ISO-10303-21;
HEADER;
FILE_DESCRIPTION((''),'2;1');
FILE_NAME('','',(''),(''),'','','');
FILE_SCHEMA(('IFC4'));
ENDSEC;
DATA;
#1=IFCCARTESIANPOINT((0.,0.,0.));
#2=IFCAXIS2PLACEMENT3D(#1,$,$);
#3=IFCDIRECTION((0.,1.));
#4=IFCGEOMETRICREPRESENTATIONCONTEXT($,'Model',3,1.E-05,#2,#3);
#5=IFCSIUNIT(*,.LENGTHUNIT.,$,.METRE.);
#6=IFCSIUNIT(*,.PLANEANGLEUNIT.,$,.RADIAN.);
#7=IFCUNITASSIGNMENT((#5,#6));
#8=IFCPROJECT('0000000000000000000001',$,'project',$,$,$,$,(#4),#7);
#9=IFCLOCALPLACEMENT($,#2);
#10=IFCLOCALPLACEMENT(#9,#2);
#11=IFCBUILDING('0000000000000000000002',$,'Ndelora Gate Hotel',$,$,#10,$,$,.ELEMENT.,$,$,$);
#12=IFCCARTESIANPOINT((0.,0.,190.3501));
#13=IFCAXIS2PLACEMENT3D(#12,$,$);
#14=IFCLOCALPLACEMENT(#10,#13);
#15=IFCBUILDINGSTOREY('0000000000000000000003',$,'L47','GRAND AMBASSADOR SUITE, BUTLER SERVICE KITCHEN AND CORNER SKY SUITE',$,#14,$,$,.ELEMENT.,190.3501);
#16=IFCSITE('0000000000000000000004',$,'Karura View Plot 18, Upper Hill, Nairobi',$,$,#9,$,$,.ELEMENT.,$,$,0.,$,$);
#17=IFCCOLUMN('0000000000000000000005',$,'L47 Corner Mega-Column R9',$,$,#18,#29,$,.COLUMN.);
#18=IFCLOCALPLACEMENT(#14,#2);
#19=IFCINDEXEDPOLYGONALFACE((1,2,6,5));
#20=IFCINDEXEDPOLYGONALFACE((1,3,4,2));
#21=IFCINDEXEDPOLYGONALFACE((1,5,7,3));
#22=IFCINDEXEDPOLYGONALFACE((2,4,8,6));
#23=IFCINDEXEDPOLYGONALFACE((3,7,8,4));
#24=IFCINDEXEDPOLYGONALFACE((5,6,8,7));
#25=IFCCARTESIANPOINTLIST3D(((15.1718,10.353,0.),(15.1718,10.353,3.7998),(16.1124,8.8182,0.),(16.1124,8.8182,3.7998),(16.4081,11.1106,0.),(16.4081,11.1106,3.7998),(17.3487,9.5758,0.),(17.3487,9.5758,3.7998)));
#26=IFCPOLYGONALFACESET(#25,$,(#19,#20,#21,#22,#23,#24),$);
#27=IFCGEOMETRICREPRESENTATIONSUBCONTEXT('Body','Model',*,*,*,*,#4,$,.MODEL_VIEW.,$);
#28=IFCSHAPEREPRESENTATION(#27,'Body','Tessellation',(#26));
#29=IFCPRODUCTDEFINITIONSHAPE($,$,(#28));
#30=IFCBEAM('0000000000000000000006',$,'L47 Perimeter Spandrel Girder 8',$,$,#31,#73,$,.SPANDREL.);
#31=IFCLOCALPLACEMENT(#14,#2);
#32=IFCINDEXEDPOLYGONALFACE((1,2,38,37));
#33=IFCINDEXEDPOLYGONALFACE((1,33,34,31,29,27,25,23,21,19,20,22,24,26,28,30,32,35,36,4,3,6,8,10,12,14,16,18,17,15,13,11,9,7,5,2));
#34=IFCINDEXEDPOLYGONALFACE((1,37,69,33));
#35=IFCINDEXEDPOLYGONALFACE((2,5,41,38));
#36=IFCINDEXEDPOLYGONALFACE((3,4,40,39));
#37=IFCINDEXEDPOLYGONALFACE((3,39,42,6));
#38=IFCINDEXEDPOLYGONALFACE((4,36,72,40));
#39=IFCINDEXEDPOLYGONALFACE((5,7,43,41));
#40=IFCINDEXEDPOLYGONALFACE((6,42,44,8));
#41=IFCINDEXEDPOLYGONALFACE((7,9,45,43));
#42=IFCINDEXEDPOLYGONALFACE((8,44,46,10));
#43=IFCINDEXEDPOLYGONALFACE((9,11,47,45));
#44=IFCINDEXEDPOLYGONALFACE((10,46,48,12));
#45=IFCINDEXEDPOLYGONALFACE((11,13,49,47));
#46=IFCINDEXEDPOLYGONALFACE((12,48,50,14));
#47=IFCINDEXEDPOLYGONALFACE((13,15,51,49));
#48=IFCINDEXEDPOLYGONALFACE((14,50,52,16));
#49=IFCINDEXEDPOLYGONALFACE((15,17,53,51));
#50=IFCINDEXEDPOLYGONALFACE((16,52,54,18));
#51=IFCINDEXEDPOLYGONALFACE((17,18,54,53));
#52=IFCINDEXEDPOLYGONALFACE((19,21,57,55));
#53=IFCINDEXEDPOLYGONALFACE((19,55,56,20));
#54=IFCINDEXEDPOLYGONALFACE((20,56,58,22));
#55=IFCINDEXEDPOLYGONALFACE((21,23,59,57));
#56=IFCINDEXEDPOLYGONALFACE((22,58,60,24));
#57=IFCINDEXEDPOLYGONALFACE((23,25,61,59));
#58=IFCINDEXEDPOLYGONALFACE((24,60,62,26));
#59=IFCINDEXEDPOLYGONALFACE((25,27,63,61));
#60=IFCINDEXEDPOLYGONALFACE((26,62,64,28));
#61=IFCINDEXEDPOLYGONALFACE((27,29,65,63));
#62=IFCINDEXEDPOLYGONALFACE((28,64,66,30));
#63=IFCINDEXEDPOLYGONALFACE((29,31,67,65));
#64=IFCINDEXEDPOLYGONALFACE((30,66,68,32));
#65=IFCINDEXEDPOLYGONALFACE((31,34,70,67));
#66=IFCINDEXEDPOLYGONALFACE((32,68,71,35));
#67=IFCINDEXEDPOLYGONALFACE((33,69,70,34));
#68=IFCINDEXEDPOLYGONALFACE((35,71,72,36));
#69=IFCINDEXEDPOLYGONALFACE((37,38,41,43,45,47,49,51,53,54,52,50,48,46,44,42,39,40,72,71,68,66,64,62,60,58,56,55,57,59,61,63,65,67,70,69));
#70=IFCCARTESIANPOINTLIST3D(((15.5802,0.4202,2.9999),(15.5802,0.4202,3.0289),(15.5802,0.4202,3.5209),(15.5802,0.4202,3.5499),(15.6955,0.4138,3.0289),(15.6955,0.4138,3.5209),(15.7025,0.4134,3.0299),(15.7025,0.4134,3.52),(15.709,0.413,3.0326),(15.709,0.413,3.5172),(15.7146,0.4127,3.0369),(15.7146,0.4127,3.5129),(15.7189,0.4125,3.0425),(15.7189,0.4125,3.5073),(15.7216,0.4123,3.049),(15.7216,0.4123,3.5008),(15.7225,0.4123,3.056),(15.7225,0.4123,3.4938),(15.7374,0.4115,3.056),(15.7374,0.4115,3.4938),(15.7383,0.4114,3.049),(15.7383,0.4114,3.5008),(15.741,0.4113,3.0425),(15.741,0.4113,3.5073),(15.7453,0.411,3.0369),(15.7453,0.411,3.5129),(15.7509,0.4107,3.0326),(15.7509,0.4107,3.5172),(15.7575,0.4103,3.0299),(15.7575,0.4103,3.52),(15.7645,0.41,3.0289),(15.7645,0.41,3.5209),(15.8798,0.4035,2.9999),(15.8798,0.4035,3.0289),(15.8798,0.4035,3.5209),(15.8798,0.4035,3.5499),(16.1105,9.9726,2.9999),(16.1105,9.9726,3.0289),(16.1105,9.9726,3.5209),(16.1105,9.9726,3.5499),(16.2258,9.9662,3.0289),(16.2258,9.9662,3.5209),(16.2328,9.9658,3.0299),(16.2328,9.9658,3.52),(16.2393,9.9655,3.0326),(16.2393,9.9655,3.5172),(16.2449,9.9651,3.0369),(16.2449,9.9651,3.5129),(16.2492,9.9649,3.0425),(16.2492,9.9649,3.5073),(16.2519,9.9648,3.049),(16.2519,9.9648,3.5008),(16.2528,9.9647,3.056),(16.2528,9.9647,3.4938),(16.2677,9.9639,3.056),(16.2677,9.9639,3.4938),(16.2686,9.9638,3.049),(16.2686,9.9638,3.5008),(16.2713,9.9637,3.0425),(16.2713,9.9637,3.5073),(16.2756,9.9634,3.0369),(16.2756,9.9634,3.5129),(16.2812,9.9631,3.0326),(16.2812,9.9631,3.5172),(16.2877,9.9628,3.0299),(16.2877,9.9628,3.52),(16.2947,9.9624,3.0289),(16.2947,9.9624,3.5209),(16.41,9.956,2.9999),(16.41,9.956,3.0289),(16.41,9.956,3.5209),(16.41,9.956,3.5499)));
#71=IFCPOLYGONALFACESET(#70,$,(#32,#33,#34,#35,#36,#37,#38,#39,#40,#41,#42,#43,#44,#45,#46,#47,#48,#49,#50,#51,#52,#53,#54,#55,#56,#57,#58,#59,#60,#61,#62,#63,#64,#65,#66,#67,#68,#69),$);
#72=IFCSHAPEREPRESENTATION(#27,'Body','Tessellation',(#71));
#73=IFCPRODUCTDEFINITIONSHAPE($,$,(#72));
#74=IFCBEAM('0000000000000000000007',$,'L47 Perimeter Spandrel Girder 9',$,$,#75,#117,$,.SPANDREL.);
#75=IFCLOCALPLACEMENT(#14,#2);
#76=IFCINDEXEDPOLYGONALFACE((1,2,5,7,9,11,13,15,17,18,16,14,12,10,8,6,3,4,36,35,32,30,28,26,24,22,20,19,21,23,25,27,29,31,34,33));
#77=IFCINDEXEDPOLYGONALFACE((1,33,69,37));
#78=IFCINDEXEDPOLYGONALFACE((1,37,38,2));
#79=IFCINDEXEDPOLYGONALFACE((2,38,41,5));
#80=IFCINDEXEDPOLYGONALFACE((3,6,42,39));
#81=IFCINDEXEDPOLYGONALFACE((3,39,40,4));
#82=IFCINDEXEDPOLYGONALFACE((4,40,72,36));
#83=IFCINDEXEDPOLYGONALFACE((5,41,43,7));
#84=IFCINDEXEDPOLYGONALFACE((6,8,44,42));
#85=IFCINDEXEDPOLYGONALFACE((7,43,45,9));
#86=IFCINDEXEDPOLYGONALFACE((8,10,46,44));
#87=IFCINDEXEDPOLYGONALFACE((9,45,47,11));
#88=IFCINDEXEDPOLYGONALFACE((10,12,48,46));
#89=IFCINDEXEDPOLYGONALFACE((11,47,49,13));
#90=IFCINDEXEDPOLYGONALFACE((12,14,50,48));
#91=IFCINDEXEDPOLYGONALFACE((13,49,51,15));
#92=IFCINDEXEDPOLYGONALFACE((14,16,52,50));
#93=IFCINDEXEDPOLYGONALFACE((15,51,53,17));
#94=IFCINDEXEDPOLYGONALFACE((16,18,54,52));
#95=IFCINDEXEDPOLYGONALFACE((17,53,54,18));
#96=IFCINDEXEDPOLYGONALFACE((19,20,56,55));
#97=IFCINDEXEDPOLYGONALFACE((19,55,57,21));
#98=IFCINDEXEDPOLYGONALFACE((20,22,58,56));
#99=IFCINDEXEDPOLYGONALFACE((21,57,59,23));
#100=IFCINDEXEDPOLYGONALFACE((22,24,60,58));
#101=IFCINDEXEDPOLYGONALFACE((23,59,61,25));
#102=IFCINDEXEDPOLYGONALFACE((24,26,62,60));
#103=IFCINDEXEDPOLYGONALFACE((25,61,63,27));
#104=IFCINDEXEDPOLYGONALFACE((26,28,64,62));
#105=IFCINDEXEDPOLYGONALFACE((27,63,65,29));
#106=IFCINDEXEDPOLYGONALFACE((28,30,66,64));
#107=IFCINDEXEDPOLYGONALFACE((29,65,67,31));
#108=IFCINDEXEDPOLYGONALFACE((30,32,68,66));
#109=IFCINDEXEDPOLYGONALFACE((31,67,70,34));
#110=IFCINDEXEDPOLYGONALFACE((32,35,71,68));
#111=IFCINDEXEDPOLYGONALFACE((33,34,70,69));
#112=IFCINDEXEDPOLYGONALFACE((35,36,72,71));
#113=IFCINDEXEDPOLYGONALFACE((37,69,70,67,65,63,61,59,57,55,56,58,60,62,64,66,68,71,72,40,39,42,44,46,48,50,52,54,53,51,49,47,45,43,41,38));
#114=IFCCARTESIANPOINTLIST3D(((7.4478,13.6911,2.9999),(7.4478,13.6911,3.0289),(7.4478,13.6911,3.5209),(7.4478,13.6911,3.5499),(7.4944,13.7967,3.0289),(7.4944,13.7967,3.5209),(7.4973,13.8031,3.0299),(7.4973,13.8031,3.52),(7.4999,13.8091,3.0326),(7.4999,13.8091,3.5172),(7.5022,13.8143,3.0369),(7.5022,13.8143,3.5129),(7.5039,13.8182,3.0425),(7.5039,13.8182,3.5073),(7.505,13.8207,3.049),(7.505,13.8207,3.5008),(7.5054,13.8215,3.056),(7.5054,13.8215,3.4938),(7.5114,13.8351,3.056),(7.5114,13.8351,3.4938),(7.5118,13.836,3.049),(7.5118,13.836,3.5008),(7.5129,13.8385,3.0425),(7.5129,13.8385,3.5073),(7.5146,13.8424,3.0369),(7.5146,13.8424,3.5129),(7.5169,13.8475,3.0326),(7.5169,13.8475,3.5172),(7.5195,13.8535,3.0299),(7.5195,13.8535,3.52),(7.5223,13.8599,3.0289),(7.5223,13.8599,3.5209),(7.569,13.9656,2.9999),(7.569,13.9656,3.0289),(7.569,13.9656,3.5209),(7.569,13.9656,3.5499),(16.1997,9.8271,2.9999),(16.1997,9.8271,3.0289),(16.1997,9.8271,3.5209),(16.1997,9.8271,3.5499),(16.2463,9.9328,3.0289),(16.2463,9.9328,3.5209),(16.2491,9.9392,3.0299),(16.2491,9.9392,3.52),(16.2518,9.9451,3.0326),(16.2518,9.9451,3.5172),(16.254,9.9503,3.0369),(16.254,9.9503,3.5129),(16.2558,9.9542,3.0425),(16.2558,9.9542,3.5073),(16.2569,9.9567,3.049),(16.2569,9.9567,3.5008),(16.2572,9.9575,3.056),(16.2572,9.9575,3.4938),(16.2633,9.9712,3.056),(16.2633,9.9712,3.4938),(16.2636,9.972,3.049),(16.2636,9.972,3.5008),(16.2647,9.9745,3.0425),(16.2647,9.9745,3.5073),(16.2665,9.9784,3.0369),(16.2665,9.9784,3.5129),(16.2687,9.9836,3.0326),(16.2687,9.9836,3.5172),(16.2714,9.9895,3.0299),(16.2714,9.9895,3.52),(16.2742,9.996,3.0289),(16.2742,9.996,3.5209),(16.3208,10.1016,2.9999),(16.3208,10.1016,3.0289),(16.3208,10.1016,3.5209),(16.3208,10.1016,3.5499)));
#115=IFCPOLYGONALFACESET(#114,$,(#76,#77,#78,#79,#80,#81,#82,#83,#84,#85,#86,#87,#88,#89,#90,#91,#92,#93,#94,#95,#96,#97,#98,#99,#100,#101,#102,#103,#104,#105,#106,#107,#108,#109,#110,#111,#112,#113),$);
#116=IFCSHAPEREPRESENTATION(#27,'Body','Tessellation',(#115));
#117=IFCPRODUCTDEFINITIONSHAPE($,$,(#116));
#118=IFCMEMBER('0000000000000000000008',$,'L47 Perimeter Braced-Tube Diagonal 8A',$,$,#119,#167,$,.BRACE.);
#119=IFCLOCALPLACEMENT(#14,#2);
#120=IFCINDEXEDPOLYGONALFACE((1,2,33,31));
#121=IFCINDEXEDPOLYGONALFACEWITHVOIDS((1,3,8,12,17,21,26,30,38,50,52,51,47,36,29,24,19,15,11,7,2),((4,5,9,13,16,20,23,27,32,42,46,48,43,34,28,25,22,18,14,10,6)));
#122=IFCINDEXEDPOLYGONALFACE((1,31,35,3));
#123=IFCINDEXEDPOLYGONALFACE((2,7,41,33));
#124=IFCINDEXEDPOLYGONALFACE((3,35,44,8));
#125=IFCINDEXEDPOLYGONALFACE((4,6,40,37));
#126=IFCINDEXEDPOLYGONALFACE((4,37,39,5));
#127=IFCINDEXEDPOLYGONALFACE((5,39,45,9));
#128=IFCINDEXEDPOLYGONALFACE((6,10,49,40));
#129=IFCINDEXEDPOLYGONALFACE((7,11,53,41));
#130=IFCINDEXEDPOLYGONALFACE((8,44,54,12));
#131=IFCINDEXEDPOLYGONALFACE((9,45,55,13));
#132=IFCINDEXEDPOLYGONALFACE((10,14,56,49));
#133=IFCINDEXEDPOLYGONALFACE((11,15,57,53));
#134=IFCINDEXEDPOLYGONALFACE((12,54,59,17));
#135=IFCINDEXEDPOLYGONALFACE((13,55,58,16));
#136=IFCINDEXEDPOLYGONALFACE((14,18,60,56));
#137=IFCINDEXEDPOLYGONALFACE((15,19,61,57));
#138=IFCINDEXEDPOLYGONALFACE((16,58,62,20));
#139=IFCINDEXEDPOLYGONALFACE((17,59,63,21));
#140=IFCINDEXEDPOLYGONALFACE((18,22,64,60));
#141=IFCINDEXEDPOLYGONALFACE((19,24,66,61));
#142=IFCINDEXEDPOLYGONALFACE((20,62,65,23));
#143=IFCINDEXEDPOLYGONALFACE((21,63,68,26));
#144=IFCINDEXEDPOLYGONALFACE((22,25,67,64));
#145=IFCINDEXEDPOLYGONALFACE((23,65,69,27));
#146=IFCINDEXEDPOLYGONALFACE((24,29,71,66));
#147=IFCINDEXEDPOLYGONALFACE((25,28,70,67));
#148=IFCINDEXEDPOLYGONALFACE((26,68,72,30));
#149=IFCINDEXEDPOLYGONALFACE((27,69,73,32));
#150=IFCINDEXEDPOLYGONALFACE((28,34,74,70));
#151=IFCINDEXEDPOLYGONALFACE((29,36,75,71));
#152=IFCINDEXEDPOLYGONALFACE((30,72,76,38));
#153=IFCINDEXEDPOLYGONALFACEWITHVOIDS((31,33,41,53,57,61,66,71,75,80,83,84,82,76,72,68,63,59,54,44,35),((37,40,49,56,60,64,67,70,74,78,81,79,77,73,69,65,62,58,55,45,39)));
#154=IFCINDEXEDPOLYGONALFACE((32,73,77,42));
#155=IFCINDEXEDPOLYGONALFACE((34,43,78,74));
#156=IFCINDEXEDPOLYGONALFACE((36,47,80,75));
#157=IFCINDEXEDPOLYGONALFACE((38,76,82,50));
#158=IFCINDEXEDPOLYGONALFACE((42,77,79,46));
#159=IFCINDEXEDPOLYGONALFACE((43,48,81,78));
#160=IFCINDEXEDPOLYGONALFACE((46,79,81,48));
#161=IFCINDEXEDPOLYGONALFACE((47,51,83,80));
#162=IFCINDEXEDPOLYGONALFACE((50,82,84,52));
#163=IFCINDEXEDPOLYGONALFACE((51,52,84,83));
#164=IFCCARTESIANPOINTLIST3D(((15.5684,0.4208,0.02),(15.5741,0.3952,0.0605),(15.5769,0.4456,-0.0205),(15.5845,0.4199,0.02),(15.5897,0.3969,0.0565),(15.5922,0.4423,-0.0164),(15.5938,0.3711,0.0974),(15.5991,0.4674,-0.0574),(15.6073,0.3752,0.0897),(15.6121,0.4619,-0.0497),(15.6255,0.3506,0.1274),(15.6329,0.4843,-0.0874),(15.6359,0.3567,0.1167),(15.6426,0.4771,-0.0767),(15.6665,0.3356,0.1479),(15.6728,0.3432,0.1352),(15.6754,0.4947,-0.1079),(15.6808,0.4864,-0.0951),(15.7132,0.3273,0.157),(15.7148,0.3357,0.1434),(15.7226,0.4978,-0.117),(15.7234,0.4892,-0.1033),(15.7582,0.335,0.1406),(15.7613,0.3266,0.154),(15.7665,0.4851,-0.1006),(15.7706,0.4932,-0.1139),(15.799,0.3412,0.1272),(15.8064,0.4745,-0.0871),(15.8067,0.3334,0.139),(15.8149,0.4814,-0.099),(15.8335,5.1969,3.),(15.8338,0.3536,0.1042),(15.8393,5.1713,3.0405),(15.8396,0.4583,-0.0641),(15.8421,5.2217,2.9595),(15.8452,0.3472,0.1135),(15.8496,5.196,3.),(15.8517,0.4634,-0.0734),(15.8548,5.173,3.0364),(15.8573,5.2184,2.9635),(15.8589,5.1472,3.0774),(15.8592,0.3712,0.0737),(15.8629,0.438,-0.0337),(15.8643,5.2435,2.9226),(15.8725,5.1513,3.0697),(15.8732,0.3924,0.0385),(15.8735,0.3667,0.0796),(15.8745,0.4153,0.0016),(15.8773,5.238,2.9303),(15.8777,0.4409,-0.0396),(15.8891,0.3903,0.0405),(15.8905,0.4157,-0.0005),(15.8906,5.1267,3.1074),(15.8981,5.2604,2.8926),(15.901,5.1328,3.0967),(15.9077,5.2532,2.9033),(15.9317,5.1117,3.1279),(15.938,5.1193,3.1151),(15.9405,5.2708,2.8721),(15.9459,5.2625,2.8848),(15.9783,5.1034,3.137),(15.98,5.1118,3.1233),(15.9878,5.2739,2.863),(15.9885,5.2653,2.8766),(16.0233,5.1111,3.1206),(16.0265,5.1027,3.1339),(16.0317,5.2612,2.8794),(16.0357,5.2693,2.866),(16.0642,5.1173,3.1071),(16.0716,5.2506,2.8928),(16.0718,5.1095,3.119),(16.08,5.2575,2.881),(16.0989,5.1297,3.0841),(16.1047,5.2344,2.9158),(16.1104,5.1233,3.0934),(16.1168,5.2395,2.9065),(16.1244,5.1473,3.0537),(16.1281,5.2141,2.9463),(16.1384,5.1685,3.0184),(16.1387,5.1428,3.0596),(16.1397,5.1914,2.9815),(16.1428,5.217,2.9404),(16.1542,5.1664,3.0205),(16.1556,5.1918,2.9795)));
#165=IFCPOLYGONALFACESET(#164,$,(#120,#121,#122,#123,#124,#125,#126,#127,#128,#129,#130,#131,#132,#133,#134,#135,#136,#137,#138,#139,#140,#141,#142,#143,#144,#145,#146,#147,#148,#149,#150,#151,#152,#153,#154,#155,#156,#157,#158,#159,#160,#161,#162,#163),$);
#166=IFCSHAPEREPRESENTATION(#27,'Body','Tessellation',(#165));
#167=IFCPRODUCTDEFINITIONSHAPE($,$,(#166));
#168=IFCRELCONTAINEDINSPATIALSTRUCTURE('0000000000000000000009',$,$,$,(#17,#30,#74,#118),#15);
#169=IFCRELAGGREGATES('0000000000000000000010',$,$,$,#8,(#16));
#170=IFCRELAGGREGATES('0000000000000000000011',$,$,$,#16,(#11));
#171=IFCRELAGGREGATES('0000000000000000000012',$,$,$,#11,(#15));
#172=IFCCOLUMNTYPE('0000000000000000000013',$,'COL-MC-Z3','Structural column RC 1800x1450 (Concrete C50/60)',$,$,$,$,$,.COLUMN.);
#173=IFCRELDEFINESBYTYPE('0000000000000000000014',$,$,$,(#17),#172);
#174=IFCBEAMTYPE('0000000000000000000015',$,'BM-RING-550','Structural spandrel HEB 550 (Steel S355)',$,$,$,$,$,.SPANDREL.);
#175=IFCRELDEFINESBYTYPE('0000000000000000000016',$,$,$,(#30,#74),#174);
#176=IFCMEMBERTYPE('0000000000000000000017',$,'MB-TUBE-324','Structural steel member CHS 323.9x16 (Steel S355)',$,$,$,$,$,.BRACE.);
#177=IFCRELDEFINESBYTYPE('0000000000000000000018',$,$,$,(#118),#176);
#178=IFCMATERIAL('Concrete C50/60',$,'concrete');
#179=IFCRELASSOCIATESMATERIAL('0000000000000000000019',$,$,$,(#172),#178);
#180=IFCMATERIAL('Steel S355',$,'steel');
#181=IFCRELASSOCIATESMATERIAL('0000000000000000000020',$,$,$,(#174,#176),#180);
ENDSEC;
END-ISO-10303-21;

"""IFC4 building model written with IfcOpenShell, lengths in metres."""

from ifc_helpers import new_model, si_unit, direction, frame, origin, origin_2d, place, context, subcontext, project, spatial, rectangle, hollow_circle, i_section, extrude, material, material_profile, profile_set, type_object, element, save


model = new_model("IFC4")

# Units and contexts
model_context = context("Model", 3, precision=1e-05, world=origin(), true_north=direction((0.0, 1.0)))
body_context = subcontext(model_context, "Body", "Model", "MODEL_VIEW")
ifc_project = project(units=[si_unit("LENGTHUNIT", "METRE"), si_unit("PLANEANGLEUNIT", "RADIAN")], contexts=[model_context])

# Site, building, storey
site_placement = place(None, origin())
site = spatial("IfcSite", under=ifc_project, at=site_placement, Name="Karura View Plot 18, Upper Hill, Nairobi", CompositionType="ELEMENT", RefElevation=0.0)
building_placement = place(site_placement, origin())
building = spatial("IfcBuilding", under=site, at=building_placement, Name="Ndelora Gate Hotel", CompositionType="ELEMENT")
storey_placement = place(building_placement, frame((0.0, 0.0, 190.3501)))
storey = spatial("IfcBuildingStorey", under=building, at=storey_placement, Name="L47", Description="GRAND AMBASSADOR SUITE, BUTLER SERVICE KITCHEN AND CORNER SKY SUITE", CompositionType="ELEMENT", Elevation=190.3501)

# Column
ifc_material_1 = material(Name="Concrete C50/60", Category="concrete")
ifc_material_profile_1 = material_profile(ifc_material_1, rectangle(XDim=1.45, YDim=1.8, at=origin_2d()), Name="RC 1800x1450")
ifc_profile_set_1 = profile_set([ifc_material_profile_1], Name="Concrete C50/60")
column_type = type_object("IfcColumnType", Name="COL-MC-Z3", Description="Structural column RC 1800x1450 (Concrete C50/60)", PredefinedType="COLUMN", material=ifc_profile_set_1)
column_placement = place(storey_placement, frame((16.2603, 9.9644, 0.0), z_axis=(0.0, 0.0, 1.0), x_axis=(0.85264, 0.522499, 0.0)))
element("IfcColumn", 1, at=column_placement, inside=storey, type_object=column_type, Name="L47 Corner Mega-Column R9", PredefinedType="COLUMN", context=body_context, shape_type="SweptSolid", body=[
    extrude(rectangle(XDim=1.45, YDim=1.8, at=origin_2d()), origin(), (0.0, 0.0, 1.0), 3.7998),
])

# Beams
ifc_material_2 = material(Name="Steel S355", Category="steel")
ifc_material_profile_2 = material_profile(ifc_material_2, i_section(OverallWidth=0.3, OverallDepth=0.55, WebThickness=0.0149, FlangeThickness=0.0291, FilletRadius=0.0271, at=origin_2d()), Name="HEB 550")
ifc_profile_set_2 = profile_set([ifc_material_profile_2], Name="Steel S355")
beam_type = type_object("IfcBeamType", Name="BM-RING-550", Description="Structural spandrel HEB 550 (Steel S355)", PredefinedType="SPANDREL", material=ifc_profile_set_2)
beam_1_placement = place(storey_placement, frame((15.73, 0.4119, 3.2749), z_axis=(0.055426, 0.998463, 0.0), x_axis=(-0.998463, 0.055426, 0.0)))
element("IfcBeam", 2, at=beam_1_placement, inside=storey, type_object=beam_type, Name="L47 Perimeter Spandrel Girder 8", PredefinedType="SPANDREL", context=body_context, shape_type="SweptSolid", body=[
    extrude(i_section(OverallWidth=0.3, OverallDepth=0.55, WebThickness=0.0149, FlangeThickness=0.0291, FilletRadius=0.0271, at=origin_2d()), origin(), (0.0, 0.0, 1.0), 9.5671),
])
beam_2_placement = place(storey_placement, frame((16.2603, 9.9644, 3.2749), z_axis=(-0.914807, 0.40389, 0.0), x_axis=(-0.40389, -0.914807, 0.0)))
element("IfcBeam", 3, at=beam_2_placement, inside=storey, type_object=beam_type, Name="L47 Perimeter Spandrel Girder 9", PredefinedType="SPANDREL", context=body_context, shape_type="SweptSolid", body=[
    extrude(i_section(OverallWidth=0.3, OverallDepth=0.55, WebThickness=0.0149, FlangeThickness=0.0291, FilletRadius=0.0271, at=origin_2d()), origin(), (0.0, 0.0, 1.0), 9.5669),
])

# Member
ifc_material_profile_3 = material_profile(ifc_material_2, hollow_circle(Radius=0.1619, WallThickness=0.0161, at=origin_2d()), Name="CHS 323.9x16")
ifc_profile_set_3 = profile_set([ifc_material_profile_3], Name="Steel S355")
member_type = type_object("IfcMemberType", Name="MB-TUBE-324", Description="Structural steel member CHS 323.9x16 (Steel S355)", PredefinedType="BRACE", material=ifc_profile_set_3)
member_1_placement = place(storey_placement, frame((15.73, 0.4119, 0.02), z_axis=(0.047045, 0.847466, 0.528762), x_axis=(-0.998463, 0.055428, 0.0)))
element("IfcMember", 4, at=member_1_placement, inside=storey, type_object=member_type, Name="L47 Perimeter Braced-Tube Diagonal 8A", PredefinedType="BRACE", context=body_context, shape_type="SweptSolid", body=[
    extrude(hollow_circle(Radius=0.1619, WallThickness=0.0161, at=origin_2d()), origin(), (0.0, 0.0, 1.0), 5.6357),
])

save(model, "model.ifc")
